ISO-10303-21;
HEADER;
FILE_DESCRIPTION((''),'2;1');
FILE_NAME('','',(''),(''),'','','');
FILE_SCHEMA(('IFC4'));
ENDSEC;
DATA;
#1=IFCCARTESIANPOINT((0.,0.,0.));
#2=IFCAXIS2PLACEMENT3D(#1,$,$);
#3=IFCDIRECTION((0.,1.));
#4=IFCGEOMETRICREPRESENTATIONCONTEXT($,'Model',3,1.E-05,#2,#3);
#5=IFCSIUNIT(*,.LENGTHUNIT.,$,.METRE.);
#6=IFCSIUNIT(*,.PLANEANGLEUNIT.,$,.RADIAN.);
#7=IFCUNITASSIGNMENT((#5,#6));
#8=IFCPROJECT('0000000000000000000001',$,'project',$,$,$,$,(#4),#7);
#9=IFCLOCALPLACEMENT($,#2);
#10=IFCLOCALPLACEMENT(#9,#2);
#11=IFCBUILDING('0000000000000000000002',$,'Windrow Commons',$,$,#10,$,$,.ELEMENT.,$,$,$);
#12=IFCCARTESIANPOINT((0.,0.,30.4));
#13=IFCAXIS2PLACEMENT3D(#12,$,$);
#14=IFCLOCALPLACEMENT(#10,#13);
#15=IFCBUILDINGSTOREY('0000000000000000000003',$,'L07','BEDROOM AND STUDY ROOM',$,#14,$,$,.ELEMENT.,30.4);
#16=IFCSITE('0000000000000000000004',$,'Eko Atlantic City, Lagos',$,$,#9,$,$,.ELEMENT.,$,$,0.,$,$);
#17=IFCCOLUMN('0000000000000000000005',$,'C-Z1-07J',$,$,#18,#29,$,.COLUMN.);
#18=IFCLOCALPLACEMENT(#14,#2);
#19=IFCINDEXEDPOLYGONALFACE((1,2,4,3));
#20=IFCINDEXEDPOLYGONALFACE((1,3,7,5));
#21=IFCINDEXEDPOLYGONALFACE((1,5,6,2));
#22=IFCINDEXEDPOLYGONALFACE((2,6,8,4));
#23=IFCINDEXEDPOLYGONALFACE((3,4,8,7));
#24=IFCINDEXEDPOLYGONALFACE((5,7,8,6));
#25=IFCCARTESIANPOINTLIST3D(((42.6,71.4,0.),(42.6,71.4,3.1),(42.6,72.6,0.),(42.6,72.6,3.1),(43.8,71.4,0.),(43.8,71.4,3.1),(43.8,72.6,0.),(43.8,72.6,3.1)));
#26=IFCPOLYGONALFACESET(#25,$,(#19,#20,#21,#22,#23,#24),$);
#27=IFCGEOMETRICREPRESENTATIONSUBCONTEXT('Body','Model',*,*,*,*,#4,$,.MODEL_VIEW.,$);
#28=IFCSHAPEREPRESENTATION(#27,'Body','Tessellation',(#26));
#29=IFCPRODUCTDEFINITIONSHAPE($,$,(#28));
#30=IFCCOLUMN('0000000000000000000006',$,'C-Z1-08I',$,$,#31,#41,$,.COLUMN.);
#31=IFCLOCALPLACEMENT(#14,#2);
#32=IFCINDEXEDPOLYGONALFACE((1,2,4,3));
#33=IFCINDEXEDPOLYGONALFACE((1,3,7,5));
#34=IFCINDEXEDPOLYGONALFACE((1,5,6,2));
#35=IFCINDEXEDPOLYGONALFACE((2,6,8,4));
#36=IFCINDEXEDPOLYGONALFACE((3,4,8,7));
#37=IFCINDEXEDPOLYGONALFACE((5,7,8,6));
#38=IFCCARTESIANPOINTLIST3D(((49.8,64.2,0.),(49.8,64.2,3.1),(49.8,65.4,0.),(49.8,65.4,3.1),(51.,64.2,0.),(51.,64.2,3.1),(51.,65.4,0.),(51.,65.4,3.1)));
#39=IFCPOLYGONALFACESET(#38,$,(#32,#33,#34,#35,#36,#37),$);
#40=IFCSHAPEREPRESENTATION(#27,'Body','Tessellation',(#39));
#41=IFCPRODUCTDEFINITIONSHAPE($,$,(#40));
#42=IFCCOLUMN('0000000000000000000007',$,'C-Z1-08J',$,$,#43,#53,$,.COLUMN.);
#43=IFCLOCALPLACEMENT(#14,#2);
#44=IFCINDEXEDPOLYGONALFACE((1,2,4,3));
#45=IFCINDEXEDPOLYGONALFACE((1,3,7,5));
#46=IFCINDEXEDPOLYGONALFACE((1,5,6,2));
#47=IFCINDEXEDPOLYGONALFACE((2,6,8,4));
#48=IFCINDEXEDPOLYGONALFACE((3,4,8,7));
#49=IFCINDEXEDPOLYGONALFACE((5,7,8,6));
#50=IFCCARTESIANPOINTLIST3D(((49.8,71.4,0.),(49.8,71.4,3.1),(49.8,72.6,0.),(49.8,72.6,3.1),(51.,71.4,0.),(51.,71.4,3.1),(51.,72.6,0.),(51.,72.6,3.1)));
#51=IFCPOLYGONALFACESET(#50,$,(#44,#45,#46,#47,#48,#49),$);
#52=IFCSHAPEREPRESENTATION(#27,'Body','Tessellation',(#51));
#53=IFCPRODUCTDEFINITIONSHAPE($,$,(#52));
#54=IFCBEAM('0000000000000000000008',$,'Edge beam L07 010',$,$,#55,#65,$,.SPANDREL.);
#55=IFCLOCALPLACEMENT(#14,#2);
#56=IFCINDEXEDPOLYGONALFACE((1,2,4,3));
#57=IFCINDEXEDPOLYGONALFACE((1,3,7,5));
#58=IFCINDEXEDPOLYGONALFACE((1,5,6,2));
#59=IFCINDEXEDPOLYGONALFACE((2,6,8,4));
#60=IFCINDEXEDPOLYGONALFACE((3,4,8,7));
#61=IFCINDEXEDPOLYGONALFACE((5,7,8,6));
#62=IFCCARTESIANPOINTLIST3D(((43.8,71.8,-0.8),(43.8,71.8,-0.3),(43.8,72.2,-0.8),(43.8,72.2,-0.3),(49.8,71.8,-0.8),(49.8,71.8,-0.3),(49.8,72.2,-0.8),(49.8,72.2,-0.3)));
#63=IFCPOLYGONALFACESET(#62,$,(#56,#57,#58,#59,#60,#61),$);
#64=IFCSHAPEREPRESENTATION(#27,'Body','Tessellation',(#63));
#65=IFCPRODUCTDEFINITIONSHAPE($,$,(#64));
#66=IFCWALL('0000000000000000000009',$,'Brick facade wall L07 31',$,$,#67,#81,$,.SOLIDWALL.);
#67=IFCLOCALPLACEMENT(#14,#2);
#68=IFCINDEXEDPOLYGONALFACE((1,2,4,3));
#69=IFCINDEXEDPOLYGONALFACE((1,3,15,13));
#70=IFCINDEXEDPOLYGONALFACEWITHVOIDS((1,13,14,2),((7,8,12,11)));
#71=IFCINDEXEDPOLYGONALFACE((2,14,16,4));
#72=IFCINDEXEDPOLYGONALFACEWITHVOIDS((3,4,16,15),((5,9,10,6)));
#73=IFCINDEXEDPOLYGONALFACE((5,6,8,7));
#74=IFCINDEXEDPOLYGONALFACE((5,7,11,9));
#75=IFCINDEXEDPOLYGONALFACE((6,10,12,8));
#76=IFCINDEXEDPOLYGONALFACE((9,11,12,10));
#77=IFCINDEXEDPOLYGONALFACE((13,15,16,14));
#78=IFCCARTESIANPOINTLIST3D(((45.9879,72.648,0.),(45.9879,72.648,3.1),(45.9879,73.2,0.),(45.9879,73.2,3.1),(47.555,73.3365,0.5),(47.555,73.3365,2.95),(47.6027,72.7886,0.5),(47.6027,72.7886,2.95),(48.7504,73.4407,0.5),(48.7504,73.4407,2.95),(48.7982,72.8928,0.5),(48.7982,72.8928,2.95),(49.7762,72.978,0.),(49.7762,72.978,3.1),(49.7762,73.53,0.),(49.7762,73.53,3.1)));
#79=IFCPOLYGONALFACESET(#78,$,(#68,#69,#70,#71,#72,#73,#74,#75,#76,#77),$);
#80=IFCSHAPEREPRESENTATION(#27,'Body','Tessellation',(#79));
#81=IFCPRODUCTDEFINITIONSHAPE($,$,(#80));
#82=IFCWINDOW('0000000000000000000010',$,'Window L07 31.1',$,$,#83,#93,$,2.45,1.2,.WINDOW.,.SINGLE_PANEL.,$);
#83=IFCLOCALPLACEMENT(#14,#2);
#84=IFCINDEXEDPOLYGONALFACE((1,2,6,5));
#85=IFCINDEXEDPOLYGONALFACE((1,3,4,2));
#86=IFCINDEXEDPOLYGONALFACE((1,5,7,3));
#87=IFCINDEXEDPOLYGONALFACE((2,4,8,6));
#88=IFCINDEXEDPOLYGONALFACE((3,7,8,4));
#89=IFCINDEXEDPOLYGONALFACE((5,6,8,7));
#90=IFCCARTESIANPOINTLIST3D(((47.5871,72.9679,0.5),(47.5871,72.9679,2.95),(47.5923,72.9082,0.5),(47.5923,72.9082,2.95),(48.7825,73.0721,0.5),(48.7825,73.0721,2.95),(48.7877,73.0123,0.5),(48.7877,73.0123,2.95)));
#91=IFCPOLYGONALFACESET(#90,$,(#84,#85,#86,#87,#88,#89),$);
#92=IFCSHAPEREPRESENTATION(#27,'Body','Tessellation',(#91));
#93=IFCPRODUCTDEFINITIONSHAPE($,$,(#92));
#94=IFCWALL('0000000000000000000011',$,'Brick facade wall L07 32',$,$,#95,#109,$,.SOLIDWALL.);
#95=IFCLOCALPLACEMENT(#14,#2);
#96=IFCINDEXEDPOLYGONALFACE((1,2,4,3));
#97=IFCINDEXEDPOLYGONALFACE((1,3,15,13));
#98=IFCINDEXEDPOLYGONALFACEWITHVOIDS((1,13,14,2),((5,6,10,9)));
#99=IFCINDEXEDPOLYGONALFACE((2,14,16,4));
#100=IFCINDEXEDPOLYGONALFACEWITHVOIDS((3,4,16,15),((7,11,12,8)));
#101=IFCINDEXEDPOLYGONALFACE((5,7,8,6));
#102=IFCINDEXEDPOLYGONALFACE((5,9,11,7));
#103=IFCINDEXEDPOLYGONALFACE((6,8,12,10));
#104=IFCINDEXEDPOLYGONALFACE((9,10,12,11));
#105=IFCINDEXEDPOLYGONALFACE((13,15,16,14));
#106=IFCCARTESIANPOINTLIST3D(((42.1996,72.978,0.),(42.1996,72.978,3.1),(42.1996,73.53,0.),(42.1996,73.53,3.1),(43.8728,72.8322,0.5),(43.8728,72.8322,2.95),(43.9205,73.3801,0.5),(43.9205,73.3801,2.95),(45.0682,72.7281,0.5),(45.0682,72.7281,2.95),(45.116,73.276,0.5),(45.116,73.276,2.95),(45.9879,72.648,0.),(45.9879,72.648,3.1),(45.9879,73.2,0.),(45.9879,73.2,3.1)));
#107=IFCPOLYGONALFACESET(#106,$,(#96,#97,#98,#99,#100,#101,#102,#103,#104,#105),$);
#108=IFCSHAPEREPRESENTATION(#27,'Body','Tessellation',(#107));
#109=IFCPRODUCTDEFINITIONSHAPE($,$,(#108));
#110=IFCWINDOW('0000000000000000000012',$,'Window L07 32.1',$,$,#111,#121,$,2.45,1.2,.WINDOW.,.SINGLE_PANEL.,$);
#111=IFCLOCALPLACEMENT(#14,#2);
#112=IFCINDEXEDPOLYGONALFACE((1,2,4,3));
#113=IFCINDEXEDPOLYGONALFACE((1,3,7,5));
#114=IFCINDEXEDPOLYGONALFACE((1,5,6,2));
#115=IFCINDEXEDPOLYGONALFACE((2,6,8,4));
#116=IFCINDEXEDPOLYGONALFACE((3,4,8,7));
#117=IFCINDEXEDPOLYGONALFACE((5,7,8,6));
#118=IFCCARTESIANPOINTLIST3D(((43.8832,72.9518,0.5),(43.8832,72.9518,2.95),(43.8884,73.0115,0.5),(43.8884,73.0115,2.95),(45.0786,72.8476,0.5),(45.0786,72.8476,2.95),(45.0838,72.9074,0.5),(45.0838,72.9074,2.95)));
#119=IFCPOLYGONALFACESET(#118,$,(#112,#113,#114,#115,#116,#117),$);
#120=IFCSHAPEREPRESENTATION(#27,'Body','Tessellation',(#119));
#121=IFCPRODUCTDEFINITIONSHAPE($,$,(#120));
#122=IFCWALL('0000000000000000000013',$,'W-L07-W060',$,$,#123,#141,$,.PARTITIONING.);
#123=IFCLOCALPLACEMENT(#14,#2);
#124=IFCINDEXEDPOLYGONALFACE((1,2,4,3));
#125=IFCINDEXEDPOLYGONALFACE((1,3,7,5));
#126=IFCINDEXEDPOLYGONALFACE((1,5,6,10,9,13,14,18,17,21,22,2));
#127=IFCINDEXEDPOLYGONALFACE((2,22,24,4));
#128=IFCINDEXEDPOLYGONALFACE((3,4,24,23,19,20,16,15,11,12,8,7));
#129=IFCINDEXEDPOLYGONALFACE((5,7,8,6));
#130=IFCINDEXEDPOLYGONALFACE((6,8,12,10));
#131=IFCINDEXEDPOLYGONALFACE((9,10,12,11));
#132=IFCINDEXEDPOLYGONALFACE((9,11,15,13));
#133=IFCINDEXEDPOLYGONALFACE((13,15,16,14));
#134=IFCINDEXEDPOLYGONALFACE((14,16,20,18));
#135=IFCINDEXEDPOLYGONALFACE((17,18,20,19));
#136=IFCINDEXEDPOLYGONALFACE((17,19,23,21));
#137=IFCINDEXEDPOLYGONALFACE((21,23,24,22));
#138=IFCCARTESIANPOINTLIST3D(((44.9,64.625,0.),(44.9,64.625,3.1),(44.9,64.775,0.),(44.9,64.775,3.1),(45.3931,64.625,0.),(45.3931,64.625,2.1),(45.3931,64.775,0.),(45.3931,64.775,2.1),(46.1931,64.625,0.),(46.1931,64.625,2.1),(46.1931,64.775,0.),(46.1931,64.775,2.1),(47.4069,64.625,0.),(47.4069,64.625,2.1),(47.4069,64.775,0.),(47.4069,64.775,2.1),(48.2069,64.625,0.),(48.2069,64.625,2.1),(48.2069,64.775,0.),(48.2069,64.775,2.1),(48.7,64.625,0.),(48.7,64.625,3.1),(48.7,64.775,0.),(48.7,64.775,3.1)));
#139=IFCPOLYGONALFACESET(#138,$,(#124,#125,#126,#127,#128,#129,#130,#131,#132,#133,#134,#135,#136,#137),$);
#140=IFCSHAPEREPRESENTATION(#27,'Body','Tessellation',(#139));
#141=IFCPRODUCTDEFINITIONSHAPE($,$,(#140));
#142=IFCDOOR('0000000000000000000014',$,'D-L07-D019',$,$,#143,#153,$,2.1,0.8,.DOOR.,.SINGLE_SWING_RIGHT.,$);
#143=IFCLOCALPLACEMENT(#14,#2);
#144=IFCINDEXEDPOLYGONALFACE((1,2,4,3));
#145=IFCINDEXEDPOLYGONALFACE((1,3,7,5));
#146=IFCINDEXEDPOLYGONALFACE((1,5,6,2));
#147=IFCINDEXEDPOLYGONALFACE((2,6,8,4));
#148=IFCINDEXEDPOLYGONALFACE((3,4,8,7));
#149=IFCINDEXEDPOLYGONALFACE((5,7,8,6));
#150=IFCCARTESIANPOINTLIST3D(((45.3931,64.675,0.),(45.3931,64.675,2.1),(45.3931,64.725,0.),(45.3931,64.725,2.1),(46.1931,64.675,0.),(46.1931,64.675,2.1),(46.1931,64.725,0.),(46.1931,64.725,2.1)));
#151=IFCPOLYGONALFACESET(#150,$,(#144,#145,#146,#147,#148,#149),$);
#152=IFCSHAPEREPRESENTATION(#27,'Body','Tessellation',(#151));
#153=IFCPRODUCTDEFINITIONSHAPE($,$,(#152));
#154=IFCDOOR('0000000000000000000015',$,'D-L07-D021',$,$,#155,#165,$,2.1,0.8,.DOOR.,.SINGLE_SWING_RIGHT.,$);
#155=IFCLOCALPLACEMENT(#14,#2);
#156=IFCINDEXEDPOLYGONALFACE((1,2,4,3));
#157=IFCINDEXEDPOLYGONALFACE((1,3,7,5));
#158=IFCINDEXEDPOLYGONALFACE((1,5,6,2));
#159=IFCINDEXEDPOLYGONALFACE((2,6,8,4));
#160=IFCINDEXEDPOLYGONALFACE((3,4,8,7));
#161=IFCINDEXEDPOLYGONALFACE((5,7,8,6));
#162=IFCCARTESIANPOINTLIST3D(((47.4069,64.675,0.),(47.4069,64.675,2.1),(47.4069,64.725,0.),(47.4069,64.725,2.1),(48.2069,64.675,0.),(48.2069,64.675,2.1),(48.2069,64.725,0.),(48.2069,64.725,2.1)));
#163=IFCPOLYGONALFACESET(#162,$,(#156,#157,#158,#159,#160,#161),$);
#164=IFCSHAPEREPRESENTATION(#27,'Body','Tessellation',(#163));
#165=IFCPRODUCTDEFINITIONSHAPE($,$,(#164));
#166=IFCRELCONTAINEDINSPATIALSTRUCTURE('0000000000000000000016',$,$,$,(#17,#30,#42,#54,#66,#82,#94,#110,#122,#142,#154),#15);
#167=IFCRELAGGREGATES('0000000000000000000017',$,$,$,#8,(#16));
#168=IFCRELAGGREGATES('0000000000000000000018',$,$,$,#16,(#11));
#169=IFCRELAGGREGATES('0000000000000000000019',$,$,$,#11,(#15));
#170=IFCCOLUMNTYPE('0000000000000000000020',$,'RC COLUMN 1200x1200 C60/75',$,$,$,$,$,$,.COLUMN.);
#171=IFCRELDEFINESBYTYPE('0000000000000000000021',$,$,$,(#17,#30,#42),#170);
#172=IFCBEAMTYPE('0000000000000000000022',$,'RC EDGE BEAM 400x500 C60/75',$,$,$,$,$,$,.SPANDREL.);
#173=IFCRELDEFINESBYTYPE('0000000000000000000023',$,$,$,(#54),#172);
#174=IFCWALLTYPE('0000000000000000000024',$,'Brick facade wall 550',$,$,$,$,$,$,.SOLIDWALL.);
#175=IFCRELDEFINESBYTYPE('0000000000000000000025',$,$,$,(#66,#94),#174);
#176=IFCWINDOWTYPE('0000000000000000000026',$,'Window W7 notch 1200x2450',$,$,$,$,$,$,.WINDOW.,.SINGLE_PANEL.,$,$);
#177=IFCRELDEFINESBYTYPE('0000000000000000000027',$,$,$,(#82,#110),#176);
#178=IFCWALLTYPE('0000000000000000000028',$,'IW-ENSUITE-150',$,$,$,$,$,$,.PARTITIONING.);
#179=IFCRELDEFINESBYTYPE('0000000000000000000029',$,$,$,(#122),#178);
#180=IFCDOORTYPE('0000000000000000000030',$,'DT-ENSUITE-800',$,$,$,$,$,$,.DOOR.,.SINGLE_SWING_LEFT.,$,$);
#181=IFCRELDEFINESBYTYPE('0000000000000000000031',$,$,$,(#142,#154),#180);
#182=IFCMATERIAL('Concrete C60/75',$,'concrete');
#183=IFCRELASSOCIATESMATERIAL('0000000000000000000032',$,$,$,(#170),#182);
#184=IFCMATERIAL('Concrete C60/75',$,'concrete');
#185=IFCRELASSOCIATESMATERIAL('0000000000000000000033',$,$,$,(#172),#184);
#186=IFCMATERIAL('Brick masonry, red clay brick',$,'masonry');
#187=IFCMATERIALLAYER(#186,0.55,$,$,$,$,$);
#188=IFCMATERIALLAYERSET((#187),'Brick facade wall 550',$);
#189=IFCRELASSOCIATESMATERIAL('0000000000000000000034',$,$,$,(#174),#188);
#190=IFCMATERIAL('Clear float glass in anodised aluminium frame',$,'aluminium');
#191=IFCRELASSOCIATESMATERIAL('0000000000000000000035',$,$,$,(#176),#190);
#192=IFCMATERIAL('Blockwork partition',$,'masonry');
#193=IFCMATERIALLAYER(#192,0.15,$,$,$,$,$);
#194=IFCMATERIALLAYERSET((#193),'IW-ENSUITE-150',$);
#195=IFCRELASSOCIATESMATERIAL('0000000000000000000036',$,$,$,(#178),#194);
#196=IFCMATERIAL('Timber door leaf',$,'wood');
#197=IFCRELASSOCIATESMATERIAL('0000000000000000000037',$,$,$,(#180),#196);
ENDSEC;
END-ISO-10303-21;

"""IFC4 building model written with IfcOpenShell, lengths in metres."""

from ifc_helpers import new_model, si_unit, direction, frame, frame_2d, origin, origin_2d, place, context, subcontext, project, spatial, polyline, rectangle, outline, extrude, material, layer, layer_set, material_profile, profile_set, type_object, element, fill, save


model = new_model("IFC4")

# Units and contexts
model_context = context("Model", 3, precision=1e-05, world=origin(), true_north=direction((0.0, 1.0)))
body_context = subcontext(model_context, "Body", "Model", "MODEL_VIEW")
ifc_project = project(units=[si_unit("LENGTHUNIT", "METRE"), si_unit("PLANEANGLEUNIT", "RADIAN")], contexts=[model_context])

# Site, building, storey
site_placement = place(None, origin())
site = spatial("IfcSite", under=ifc_project, at=site_placement, Name="Eko Atlantic City, Lagos", CompositionType="ELEMENT", RefElevation=0.0)
building_placement = place(site_placement, origin())
building = spatial("IfcBuilding", under=site, at=building_placement, Name="Windrow Commons", CompositionType="ELEMENT")
storey_placement = place(building_placement, frame((0.0, 0.0, 30.4)))
storey = spatial("IfcBuildingStorey", under=building, at=storey_placement, Name="L07", Description="BEDROOM AND STUDY ROOM", CompositionType="ELEMENT", Elevation=30.4)

# Columns
ifc_material_1 = material(Name="Concrete C60/75", Category="concrete")
ifc_material_profile_1 = material_profile(ifc_material_1, rectangle(XDim=1.2, YDim=1.2, at=origin_2d()))
ifc_profile_set_1 = profile_set([ifc_material_profile_1], Name="Concrete C60/75")
column_type = type_object("IfcColumnType", Name="RC COLUMN 1200x1200 C60/75", PredefinedType="COLUMN", material=ifc_profile_set_1)
for number, where, z_axis, x_axis, name in (
    (1, (43.2, 72.0, 0.0), (0.0, 0.0, 1.0), (1.0, 0.0, 0.0), "C-Z1-07J"),
    (2, (50.4, 64.8, 0.0), (0.0, 0.0, 1.0), (1.0, 0.0, 0.0), "C-Z1-08I"),
    (3, (50.4, 72.0, 0.0), (0.0, 0.0, 1.0), (1.0, 0.0, 0.0), "C-Z1-08J"),
):
    element("IfcColumn", number, at=place(storey_placement, frame(where, z_axis=z_axis, x_axis=x_axis)), inside=storey, type_object=column_type, Name=name, PredefinedType="COLUMN", context=body_context, shape_type="SweptSolid", body=[
        extrude(rectangle(XDim=1.2, YDim=1.2, at=origin_2d()), origin(), (0.0, 0.0, 1.0), 3.1),
    ])

# Beam
ifc_material_2 = material(Name="Concrete C60/75", Category="concrete")
ifc_material_profile_2 = material_profile(ifc_material_2, rectangle(XDim=0.4, YDim=0.5, at=origin_2d()))
ifc_profile_set_2 = profile_set([ifc_material_profile_2], Name="Concrete C60/75")
beam_type = type_object("IfcBeamType", Name="RC EDGE BEAM 400x500 C60/75", PredefinedType="SPANDREL", material=ifc_profile_set_2)
beam_placement = place(storey_placement, frame((43.8, 72.0, -0.55), z_axis=(1.0, 0.0, 0.0), x_axis=(0.0, 1.0, 0.0)))
element("IfcBeam", 4, at=beam_placement, inside=storey, type_object=beam_type, Name="Edge beam L07 010", PredefinedType="SPANDREL", context=body_context, shape_type="SweptSolid", body=[
    extrude(rectangle(XDim=0.4, YDim=0.5, at=origin_2d()), origin(), (0.0, 0.0, 1.0), 6.0),
])

# Walls, openings, windows
ifc_material_3 = material(Name="Brick masonry, red clay brick", Category="masonry")
ifc_layer_1 = layer(ifc_material_3, 0.55)
ifc_layer_set_1 = layer_set([ifc_layer_1], Name="Brick facade wall 550")
wall_type_1 = type_object("IfcWallType", Name="Brick facade wall 550", PredefinedType="SOLIDWALL", material=ifc_layer_set_1)
wall_1_placement = place(storey_placement, frame((49.7762, 73.254, 0.0), z_axis=(0.0, 0.0, 1.0), x_axis=(-0.996227, -0.086782, 0.0)))
wall_1 = element("IfcWall", 5, at=wall_1_placement, inside=storey, type_object=wall_type_1, Name="Brick facade wall L07 31", PredefinedType="SOLIDWALL", context=body_context, shape_type="SweptSolid", body=[
    extrude(outline(polyline([(-0.024, -0.275), (3.7787, -0.275), (3.8266, 0.275), (0.024, 0.275), (-0.024, -0.275)])), origin(), (0.0, 0.0, 1.0), 3.1),
])
opening_1_placement = place(wall_1_placement, frame((1.0057, 0.0, 0.5)))
opening_1 = element("IfcOpeningElement", 6, at=opening_1_placement, cuts=wall_1, PredefinedType="OPENING", context=body_context, shape_type="SweptSolid", body=[
    extrude(rectangle(XDim=1.2, YDim=2.45, at=frame_2d((0.6, 1.225))), frame((0.0, 0.285, 0.0), z_axis=(0.0, -1.0, 0.0), x_axis=(1.0, 0.0, 0.0)), (0.0, 0.0, 1.0), 0.57),
])
ifc_material_4 = material(Name="Clear float glass in anodised aluminium frame", Category="aluminium")
window_type = type_object("IfcWindowType", Name="Window W7 notch 1200x2450", PartitioningType="SINGLE_PANEL", PredefinedType="WINDOW", material=ifc_material_4)
window_1_placement = place(opening_1_placement, origin())
window_1 = element("IfcWindow", 7, at=window_1_placement, inside=storey, type_object=window_type, Name="Window L07 31.1", OverallHeight=2.45, OverallWidth=1.2, PartitioningType="SINGLE_PANEL", PredefinedType="WINDOW", context=body_context, shape_type="SweptSolid", body=[
    extrude(rectangle(XDim=1.2, YDim=2.45, at=frame_2d((0.6, 1.225))), frame((0.0, 0.155, 0.0), z_axis=(0.0, -1.0, 0.0), x_axis=(1.0, 0.0, 0.0)), (0.0, 0.0, 1.0), 0.06),
])
fill(opening_1, window_1)
wall_2_placement = place(storey_placement, frame((45.9879, 72.924, 0.0), z_axis=(0.0, 0.0, 1.0), x_axis=(-0.996227, 0.086782, 0.0)))
wall_2 = element("IfcWall", 8, at=wall_2_placement, inside=storey, type_object=wall_type_1, Name="Brick facade wall L07 32", PredefinedType="SOLIDWALL", context=body_context, shape_type="SweptSolid", body=[
    extrude(outline(polyline([(0.024, -0.275), (3.8266, -0.275), (3.7787, 0.275), (-0.024, 0.275), (0.024, -0.275)])), origin(), (0.0, 0.0, 1.0), 3.1),
])
opening_2_placement = place(wall_2_placement, frame((0.8992, 0.0, 0.5)))
opening_2 = element("IfcOpeningElement", 9, at=opening_2_placement, cuts=wall_2, PredefinedType="OPENING", context=body_context, shape_type="SweptSolid", body=[
    extrude(rectangle(XDim=1.2, YDim=2.45, at=frame_2d((0.6, 1.225))), frame((0.0, 0.285, 0.0), z_axis=(0.0, -1.0, 0.0), x_axis=(1.0, 0.0, 0.0)), (0.0, 0.0, 1.0), 0.57),
])
window_2_placement = place(opening_2_placement, origin())
window_2 = element("IfcWindow", 10, at=window_2_placement, inside=storey, type_object=window_type, Name="Window L07 32.1", OverallHeight=2.45, OverallWidth=1.2, PartitioningType="SINGLE_PANEL", PredefinedType="WINDOW", context=body_context, shape_type="SweptSolid", body=[
    extrude(rectangle(XDim=1.2, YDim=2.45, at=frame_2d((0.6, 1.225))), frame((0.0, 0.155, 0.0), z_axis=(0.0, -1.0, 0.0), x_axis=(1.0, 0.0, 0.0)), (0.0, 0.0, 1.0), 0.06),
])
fill(opening_2, window_2)

# Wall, openings, doors
ifc_material_5 = material(Name="Blockwork partition", Category="masonry")
ifc_layer_2 = layer(ifc_material_5, 0.15)
ifc_layer_set_2 = layer_set([ifc_layer_2], Name="IW-ENSUITE-150")
wall_type_2 = type_object("IfcWallType", Name="IW-ENSUITE-150", PredefinedType="PARTITIONING", material=ifc_layer_set_2)
wall_3_placement = place(storey_placement, frame((44.9, 64.7, 0.0), z_axis=(0.0, 0.0, 1.0), x_axis=(1.0, 0.0, 0.0)))
wall_3 = element("IfcWall", 11, at=wall_3_placement, inside=storey, type_object=wall_type_2, Name="W-L07-W060", PredefinedType="PARTITIONING", context=body_context, shape_type="SweptSolid", body=[
    extrude(rectangle(XDim=3.8, YDim=0.15, at=frame_2d((1.9, 0.0))), origin(), (0.0, 0.0, 1.0), 3.1),
])
opening_3_placement = place(wall_3_placement, frame((0.4931, 0.0, 0.0)))
opening_3 = element("IfcOpeningElement", 12, at=opening_3_placement, cuts=wall_3, PredefinedType="OPENING", context=body_context, shape_type="SweptSolid", body=[
    extrude(rectangle(XDim=0.8, YDim=2.1, at=frame_2d((0.4, 1.05))), frame((0.0, 0.085, 0.0), z_axis=(0.0, -1.0, 0.0), x_axis=(1.0, 0.0, 0.0)), (0.0, 0.0, 1.0), 0.17),
])
opening_4_placement = place(wall_3_placement, frame((2.5069, 0.0, 0.0)))
opening_4 = element("IfcOpeningElement", 13, at=opening_4_placement, cuts=wall_3, PredefinedType="OPENING", context=body_context, shape_type="SweptSolid", body=[
    extrude(rectangle(XDim=0.8, YDim=2.1, at=frame_2d((0.4, 1.05))), frame((0.0, 0.085, 0.0), z_axis=(0.0, -1.0, 0.0), x_axis=(1.0, 0.0, 0.0)), (0.0, 0.0, 1.0), 0.17),
])
ifc_material_6 = material(Name="Timber door leaf", Category="wood")
door_type = type_object("IfcDoorType", Name="DT-ENSUITE-800", OperationType="SINGLE_SWING_LEFT", PredefinedType="DOOR", material=ifc_material_6)
door_1_placement = place(opening_3_placement, origin())
door_1 = element("IfcDoor", 14, at=door_1_placement, inside=storey, type_object=door_type, Name="D-L07-D019", OperationType="SINGLE_SWING_RIGHT", OverallHeight=2.1, OverallWidth=0.8, PredefinedType="DOOR", context=body_context, shape_type="SweptSolid", body=[
    extrude(rectangle(XDim=0.8, YDim=2.1, at=frame_2d((0.4, 1.05))), frame((0.0, 0.025, 0.0), z_axis=(0.0, -1.0, 0.0), x_axis=(1.0, 0.0, 0.0)), (0.0, 0.0, 1.0), 0.05),
])
fill(opening_3, door_1)
door_2_placement = place(opening_4_placement, origin())
door_2 = element("IfcDoor", 15, at=door_2_placement, inside=storey, type_object=door_type, Name="D-L07-D021", OperationType="SINGLE_SWING_RIGHT", OverallHeight=2.1, OverallWidth=0.8, PredefinedType="DOOR", context=body_context, shape_type="SweptSolid", body=[
    extrude(rectangle(XDim=0.8, YDim=2.1, at=frame_2d((0.4, 1.05))), frame((0.0, 0.025, 0.0), z_axis=(0.0, -1.0, 0.0), x_axis=(1.0, 0.0, 0.0)), (0.0, 0.0, 1.0), 0.05),
])
fill(opening_4, door_2)

save(model, "model.ifc")
